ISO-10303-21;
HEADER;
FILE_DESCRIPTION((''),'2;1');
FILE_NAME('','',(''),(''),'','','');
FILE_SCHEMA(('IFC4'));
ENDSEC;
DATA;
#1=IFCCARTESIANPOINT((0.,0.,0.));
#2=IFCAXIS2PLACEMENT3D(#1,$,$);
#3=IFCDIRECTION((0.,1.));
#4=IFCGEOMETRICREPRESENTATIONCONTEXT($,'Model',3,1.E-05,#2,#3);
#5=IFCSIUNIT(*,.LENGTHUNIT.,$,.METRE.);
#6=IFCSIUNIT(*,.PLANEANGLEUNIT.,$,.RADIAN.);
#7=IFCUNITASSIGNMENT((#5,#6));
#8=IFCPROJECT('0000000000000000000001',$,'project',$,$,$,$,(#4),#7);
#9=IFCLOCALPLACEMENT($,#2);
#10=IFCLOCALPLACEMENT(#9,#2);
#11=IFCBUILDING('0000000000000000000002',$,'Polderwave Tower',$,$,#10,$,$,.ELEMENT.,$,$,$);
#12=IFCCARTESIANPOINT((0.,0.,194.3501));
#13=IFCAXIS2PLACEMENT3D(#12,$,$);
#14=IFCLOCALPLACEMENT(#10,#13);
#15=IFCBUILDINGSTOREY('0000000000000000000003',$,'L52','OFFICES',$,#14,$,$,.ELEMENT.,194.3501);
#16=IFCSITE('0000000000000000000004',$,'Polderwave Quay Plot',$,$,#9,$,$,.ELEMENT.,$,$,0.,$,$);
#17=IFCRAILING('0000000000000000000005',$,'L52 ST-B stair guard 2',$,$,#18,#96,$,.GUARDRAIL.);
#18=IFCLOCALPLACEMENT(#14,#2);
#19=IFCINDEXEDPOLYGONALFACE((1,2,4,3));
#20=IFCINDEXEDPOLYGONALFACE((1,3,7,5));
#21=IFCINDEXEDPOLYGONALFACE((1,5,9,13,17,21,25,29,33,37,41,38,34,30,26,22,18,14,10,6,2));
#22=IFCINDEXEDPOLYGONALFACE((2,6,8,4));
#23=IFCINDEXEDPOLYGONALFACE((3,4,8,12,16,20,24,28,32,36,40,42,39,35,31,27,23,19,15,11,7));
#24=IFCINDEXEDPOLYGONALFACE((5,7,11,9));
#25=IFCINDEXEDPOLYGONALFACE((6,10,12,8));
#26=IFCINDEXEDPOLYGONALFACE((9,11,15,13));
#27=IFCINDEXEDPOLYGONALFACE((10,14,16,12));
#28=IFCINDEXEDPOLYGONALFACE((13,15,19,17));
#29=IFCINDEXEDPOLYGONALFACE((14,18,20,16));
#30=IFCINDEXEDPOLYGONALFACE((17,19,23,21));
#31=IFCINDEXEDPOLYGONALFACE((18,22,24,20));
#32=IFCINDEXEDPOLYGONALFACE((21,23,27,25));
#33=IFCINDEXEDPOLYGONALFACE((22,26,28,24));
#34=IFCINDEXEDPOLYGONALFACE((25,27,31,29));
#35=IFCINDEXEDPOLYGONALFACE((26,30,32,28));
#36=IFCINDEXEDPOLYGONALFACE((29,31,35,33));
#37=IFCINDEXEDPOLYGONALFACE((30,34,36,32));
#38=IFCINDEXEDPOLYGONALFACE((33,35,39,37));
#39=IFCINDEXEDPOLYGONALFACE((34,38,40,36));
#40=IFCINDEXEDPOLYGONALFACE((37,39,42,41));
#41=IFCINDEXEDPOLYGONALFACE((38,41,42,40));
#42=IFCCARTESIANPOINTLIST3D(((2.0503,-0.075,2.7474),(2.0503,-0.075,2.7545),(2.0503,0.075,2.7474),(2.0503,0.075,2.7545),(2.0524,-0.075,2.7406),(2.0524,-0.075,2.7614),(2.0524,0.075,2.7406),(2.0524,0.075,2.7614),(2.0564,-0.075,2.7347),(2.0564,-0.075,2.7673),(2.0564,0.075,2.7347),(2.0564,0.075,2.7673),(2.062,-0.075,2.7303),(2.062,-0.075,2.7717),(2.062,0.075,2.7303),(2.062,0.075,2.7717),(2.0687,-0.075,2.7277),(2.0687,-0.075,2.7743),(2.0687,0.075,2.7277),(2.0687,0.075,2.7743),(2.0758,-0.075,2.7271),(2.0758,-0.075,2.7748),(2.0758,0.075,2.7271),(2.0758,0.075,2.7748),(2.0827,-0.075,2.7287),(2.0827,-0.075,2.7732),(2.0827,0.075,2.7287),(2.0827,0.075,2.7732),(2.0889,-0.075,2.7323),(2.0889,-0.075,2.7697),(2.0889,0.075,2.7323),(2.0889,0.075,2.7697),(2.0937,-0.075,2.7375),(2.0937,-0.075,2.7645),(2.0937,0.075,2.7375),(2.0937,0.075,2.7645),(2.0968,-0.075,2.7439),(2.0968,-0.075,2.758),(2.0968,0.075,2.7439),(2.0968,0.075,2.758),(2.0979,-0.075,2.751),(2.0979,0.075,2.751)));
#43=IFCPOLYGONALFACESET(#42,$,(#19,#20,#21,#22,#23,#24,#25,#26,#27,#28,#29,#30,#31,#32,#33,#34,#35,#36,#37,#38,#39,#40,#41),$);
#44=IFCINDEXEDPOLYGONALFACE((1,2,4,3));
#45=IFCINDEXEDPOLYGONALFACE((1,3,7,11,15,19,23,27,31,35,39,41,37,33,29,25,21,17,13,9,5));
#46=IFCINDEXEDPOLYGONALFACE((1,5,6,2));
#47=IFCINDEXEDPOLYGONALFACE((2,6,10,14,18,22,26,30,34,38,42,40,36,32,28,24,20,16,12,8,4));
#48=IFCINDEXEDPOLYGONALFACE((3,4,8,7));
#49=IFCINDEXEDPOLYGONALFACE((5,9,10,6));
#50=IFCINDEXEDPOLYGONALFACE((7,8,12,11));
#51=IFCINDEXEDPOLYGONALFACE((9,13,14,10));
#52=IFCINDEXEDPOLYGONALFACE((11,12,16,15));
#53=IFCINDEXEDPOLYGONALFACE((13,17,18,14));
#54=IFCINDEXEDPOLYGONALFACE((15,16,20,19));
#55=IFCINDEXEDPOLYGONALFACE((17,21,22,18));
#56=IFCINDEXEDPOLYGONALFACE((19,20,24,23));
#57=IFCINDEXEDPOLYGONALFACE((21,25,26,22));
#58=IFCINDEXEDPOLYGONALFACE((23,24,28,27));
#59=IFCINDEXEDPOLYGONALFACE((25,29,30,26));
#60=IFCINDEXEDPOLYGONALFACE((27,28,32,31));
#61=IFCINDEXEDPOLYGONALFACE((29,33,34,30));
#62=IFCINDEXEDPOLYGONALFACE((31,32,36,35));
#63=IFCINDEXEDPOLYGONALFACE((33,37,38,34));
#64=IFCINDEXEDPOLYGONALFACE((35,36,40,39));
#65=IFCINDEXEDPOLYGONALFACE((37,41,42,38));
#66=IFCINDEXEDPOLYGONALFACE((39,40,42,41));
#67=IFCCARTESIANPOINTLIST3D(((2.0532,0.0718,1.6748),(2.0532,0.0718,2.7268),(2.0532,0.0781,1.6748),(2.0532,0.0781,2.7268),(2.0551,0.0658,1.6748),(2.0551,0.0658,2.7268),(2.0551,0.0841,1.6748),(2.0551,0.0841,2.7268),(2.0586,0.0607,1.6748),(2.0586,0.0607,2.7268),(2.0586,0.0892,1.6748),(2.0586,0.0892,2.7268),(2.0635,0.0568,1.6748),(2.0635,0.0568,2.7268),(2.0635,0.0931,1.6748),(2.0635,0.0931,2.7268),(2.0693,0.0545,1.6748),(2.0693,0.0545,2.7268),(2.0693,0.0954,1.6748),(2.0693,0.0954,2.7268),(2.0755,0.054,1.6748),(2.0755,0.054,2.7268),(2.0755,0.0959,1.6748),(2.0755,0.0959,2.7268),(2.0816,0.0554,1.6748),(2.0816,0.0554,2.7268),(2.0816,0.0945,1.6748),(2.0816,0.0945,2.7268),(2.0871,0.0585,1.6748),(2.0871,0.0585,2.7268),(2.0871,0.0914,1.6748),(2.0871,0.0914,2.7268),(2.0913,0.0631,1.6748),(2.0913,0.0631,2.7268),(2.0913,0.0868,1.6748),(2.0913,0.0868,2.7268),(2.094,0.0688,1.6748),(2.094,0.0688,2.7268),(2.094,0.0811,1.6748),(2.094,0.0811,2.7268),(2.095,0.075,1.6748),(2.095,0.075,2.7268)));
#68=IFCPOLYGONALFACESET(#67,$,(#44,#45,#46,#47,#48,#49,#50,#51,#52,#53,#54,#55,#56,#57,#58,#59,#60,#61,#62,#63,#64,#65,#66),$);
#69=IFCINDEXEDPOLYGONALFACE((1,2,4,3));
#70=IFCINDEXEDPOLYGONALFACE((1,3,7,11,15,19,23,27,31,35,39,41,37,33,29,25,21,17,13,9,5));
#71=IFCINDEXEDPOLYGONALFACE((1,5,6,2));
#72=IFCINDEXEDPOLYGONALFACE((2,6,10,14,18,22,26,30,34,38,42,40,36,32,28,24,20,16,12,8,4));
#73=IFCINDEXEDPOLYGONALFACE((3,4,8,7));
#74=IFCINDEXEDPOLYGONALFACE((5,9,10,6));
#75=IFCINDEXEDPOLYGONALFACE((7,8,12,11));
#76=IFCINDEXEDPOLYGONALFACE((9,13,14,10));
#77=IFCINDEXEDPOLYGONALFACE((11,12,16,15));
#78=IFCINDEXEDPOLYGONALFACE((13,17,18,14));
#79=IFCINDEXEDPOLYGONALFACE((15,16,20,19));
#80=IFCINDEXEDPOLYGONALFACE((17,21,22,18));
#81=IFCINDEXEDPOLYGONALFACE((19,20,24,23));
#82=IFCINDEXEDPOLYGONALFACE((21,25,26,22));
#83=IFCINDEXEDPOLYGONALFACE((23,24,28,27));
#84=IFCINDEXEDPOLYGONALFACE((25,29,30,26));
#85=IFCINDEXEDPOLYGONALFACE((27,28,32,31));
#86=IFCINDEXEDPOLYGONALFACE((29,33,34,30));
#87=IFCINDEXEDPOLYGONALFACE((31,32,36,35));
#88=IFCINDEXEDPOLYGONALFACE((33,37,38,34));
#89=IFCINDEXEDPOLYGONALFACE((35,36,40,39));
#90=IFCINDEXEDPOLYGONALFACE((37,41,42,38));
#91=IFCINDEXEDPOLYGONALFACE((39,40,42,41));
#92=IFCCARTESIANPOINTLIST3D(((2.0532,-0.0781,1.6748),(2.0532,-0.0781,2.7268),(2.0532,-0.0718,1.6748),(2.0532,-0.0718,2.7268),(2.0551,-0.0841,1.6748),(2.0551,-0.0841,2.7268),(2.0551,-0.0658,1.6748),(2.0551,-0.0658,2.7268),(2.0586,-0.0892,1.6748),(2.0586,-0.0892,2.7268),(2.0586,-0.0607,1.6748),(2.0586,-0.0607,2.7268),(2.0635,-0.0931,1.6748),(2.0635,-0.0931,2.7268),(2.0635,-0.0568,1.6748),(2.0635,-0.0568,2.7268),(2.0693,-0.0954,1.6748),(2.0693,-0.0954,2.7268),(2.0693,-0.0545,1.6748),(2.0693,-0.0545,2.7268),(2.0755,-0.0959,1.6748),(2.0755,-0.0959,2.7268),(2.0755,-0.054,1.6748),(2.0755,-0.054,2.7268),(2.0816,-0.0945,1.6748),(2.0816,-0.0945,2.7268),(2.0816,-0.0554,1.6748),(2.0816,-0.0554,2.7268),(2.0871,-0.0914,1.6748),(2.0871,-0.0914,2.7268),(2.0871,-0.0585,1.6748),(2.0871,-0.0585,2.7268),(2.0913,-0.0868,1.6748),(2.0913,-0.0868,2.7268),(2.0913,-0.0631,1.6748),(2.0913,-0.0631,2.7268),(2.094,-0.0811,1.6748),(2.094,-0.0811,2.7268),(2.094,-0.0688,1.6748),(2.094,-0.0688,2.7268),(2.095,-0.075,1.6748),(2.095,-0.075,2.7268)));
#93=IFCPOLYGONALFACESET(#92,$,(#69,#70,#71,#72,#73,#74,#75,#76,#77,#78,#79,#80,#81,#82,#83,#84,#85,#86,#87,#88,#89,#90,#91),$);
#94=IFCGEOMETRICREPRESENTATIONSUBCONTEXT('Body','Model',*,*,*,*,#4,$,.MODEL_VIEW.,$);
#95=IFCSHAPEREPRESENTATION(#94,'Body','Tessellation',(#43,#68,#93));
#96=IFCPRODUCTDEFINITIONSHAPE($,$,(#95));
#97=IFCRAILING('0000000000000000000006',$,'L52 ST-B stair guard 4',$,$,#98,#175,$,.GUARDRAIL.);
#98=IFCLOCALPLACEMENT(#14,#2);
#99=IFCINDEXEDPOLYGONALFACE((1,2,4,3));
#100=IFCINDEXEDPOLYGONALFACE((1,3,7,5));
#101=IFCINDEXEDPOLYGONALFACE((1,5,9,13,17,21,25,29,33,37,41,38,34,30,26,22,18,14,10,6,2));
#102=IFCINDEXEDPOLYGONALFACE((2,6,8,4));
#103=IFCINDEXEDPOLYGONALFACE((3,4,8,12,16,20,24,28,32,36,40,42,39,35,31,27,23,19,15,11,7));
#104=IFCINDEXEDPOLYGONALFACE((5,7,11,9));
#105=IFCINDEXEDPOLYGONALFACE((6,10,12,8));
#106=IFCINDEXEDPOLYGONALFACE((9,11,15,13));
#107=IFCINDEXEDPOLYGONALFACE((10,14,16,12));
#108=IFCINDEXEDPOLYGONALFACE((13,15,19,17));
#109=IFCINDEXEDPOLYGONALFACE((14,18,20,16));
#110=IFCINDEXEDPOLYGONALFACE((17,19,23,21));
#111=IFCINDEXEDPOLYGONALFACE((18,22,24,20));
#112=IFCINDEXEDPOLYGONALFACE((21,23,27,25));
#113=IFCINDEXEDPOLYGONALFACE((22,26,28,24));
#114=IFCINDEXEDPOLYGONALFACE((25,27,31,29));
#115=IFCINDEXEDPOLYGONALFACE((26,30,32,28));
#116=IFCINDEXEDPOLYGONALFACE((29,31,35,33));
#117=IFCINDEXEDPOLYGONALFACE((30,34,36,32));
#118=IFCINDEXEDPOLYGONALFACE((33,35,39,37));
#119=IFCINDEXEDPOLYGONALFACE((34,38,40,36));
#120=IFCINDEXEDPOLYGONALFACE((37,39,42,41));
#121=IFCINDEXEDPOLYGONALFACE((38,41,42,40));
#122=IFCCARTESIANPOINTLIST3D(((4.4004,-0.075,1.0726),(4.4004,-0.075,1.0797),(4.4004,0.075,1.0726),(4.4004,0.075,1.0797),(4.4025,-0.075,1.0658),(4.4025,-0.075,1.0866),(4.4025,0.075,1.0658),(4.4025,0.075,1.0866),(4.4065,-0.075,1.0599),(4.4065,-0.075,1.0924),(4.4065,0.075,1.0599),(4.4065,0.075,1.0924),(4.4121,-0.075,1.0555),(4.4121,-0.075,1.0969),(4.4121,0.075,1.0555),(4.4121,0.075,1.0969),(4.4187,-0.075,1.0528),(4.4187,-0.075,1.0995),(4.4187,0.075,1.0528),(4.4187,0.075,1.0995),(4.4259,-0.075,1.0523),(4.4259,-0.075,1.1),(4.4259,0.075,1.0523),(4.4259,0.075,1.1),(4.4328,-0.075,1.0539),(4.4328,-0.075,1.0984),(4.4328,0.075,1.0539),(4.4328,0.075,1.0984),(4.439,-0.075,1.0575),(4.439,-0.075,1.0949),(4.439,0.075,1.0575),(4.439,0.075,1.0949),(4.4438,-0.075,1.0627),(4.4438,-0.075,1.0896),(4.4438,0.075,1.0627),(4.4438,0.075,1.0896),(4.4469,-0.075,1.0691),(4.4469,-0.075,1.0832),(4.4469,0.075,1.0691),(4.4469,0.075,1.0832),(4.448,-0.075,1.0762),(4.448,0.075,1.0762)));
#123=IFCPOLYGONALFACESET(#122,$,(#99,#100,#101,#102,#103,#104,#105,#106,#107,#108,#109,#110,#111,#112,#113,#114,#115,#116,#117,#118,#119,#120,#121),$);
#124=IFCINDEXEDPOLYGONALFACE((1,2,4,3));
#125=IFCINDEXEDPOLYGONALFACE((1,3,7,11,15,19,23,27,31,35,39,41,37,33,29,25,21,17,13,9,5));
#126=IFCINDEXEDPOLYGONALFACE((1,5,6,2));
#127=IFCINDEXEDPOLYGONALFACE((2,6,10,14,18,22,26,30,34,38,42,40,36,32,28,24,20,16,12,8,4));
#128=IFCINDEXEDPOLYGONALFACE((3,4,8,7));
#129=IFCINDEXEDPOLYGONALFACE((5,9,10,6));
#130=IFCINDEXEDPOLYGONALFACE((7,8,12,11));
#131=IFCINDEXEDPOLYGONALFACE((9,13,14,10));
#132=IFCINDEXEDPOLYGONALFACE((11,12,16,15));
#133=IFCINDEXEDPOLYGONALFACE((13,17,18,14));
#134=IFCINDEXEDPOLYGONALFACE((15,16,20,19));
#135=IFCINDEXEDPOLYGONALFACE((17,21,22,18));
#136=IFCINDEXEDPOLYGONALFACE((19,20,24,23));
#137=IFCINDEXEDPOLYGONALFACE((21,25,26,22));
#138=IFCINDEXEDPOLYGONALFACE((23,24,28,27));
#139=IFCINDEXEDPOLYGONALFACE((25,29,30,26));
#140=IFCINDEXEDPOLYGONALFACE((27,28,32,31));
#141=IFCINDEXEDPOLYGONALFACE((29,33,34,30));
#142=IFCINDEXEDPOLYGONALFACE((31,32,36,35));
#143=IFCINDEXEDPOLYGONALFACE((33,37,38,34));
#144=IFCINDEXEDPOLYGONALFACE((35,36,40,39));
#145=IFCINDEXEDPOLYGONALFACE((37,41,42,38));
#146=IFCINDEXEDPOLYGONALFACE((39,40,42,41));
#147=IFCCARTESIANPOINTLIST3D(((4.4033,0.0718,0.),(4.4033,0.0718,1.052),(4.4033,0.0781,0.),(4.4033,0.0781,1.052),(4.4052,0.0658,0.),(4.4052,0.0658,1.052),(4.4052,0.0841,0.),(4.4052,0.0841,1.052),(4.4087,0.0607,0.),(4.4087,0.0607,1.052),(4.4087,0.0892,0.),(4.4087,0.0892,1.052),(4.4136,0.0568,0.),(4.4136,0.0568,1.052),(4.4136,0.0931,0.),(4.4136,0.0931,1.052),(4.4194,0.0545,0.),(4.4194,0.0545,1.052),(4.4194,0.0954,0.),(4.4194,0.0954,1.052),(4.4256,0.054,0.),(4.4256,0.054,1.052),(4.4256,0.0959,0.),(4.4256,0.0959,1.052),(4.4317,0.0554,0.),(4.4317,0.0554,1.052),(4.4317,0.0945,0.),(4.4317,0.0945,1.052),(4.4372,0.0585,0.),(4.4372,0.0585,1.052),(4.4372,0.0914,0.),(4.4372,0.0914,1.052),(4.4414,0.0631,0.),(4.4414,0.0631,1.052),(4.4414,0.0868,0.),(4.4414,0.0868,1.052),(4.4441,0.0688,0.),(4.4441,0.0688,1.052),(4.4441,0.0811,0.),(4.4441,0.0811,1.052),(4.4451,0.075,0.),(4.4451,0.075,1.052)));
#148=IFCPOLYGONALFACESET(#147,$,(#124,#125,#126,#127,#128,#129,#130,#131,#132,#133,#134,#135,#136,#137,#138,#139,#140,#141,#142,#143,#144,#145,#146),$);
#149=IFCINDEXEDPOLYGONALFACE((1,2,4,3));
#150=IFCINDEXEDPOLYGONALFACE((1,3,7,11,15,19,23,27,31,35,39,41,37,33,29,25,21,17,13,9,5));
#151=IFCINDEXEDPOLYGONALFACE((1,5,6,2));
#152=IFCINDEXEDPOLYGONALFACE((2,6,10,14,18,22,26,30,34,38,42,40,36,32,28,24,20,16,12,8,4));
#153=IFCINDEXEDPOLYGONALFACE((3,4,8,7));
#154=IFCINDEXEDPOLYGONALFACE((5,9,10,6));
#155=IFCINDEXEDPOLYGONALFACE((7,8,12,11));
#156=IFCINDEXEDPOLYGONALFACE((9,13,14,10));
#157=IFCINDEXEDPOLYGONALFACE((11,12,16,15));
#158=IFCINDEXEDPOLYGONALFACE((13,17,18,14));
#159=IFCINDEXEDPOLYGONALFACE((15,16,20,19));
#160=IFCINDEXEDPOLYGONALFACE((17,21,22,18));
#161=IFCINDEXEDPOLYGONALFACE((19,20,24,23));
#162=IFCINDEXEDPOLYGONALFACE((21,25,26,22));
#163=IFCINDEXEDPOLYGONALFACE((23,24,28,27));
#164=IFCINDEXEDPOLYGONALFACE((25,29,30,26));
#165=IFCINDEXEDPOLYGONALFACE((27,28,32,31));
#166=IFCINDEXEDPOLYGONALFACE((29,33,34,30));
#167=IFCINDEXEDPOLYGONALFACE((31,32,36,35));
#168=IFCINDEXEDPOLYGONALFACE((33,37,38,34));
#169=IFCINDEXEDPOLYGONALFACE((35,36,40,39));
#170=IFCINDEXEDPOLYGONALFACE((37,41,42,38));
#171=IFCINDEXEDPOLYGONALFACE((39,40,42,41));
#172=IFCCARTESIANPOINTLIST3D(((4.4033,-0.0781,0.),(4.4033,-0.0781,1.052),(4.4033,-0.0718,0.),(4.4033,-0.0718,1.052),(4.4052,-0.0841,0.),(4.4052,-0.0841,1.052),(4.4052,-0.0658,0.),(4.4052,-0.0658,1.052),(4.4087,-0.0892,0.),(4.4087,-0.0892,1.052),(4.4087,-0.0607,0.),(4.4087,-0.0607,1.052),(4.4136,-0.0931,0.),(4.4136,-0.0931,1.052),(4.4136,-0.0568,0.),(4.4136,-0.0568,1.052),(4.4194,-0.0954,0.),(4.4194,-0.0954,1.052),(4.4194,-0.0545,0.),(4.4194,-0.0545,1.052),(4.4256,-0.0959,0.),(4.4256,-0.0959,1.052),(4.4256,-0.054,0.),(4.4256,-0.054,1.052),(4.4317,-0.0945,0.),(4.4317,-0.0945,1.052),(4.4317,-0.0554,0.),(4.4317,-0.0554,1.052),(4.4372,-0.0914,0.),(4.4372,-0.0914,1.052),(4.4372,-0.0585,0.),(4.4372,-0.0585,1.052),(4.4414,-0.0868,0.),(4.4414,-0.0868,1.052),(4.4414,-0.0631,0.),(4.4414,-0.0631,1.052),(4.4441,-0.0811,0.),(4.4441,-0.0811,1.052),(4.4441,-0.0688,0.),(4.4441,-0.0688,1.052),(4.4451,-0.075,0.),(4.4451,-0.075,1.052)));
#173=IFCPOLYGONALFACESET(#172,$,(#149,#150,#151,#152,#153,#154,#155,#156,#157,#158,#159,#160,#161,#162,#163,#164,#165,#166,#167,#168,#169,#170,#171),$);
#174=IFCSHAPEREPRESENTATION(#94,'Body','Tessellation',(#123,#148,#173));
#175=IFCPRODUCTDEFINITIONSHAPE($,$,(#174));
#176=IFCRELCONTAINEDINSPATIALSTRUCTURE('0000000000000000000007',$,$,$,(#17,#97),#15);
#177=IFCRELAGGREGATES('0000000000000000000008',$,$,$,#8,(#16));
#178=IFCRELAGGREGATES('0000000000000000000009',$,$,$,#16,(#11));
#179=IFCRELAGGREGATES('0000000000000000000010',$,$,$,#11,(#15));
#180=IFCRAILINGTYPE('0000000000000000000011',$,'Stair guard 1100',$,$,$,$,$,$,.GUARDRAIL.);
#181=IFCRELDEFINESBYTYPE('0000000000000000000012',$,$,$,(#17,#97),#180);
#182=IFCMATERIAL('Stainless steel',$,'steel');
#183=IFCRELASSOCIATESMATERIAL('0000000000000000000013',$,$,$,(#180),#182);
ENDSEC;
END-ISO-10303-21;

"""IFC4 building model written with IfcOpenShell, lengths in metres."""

from ifc_helpers import new_model, si_unit, direction, frame, origin, origin_2d, place, context, subcontext, project, spatial, circle, extrude, material, type_object, element, save


model = new_model("IFC4")

# Units and contexts
model_context = context("Model", 3, precision=1e-05, world=origin(), true_north=direction((0.0, 1.0)))
body_context = subcontext(model_context, "Body", "Model", "MODEL_VIEW")
ifc_project = project(units=[si_unit("LENGTHUNIT", "METRE"), si_unit("PLANEANGLEUNIT", "RADIAN")], contexts=[model_context])

# Site, building, storey
site_placement = place(None, origin())
site = spatial("IfcSite", under=ifc_project, at=site_placement, Name="Polderwave Quay Plot", CompositionType="ELEMENT", RefElevation=0.0)
building_placement = place(site_placement, origin())
building = spatial("IfcBuilding", under=site, at=building_placement, Name="Polderwave Tower", CompositionType="ELEMENT")
storey_placement = place(building_placement, frame((0.0, 0.0, 194.3501)))
storey = spatial("IfcBuildingStorey", under=building, at=storey_placement, Name="L52", Description="OFFICES", CompositionType="ELEMENT", Elevation=194.3501)

# Railings
ifc_material_1 = material(Name="Stainless steel", Category="steel")
railing_type_1 = type_object("IfcRailingType", Name="Stair guard 1100", PredefinedType="GUARDRAIL", material=ifc_material_1)
for number, where, name in (
    (1, (2.074, 0.075, 1.6748), "L52 ST-B stair guard 2"),
    (2, (4.4241, 0.075, 0.0), "L52 ST-B stair guard 4"),
):
    element("IfcRailing", number, at=place(storey_placement, frame(where)), inside=storey, type_object=railing_type_1, Name=name, PredefinedType="GUARDRAIL", context=body_context, shape_type="SweptSolid", body=[
        extrude(circle(Radius=0.0239, at=origin_2d()), frame((0.0, 0.0, 1.0762), z_axis=(0.0, -1.0, 0.0), x_axis=(1.0, 0.0, 0.0)), (0.0, 0.0, 1.0), 0.1499),
        extrude(circle(Radius=0.021, at=origin_2d()), origin(), (0.0, 0.0, 1.0), 1.052),
        extrude(circle(Radius=0.021, at=origin_2d()), frame((0.0, -0.1499, 0.0)), (0.0, 0.0, 1.0), 1.052),
    ])

save(model, "model.ifc")
